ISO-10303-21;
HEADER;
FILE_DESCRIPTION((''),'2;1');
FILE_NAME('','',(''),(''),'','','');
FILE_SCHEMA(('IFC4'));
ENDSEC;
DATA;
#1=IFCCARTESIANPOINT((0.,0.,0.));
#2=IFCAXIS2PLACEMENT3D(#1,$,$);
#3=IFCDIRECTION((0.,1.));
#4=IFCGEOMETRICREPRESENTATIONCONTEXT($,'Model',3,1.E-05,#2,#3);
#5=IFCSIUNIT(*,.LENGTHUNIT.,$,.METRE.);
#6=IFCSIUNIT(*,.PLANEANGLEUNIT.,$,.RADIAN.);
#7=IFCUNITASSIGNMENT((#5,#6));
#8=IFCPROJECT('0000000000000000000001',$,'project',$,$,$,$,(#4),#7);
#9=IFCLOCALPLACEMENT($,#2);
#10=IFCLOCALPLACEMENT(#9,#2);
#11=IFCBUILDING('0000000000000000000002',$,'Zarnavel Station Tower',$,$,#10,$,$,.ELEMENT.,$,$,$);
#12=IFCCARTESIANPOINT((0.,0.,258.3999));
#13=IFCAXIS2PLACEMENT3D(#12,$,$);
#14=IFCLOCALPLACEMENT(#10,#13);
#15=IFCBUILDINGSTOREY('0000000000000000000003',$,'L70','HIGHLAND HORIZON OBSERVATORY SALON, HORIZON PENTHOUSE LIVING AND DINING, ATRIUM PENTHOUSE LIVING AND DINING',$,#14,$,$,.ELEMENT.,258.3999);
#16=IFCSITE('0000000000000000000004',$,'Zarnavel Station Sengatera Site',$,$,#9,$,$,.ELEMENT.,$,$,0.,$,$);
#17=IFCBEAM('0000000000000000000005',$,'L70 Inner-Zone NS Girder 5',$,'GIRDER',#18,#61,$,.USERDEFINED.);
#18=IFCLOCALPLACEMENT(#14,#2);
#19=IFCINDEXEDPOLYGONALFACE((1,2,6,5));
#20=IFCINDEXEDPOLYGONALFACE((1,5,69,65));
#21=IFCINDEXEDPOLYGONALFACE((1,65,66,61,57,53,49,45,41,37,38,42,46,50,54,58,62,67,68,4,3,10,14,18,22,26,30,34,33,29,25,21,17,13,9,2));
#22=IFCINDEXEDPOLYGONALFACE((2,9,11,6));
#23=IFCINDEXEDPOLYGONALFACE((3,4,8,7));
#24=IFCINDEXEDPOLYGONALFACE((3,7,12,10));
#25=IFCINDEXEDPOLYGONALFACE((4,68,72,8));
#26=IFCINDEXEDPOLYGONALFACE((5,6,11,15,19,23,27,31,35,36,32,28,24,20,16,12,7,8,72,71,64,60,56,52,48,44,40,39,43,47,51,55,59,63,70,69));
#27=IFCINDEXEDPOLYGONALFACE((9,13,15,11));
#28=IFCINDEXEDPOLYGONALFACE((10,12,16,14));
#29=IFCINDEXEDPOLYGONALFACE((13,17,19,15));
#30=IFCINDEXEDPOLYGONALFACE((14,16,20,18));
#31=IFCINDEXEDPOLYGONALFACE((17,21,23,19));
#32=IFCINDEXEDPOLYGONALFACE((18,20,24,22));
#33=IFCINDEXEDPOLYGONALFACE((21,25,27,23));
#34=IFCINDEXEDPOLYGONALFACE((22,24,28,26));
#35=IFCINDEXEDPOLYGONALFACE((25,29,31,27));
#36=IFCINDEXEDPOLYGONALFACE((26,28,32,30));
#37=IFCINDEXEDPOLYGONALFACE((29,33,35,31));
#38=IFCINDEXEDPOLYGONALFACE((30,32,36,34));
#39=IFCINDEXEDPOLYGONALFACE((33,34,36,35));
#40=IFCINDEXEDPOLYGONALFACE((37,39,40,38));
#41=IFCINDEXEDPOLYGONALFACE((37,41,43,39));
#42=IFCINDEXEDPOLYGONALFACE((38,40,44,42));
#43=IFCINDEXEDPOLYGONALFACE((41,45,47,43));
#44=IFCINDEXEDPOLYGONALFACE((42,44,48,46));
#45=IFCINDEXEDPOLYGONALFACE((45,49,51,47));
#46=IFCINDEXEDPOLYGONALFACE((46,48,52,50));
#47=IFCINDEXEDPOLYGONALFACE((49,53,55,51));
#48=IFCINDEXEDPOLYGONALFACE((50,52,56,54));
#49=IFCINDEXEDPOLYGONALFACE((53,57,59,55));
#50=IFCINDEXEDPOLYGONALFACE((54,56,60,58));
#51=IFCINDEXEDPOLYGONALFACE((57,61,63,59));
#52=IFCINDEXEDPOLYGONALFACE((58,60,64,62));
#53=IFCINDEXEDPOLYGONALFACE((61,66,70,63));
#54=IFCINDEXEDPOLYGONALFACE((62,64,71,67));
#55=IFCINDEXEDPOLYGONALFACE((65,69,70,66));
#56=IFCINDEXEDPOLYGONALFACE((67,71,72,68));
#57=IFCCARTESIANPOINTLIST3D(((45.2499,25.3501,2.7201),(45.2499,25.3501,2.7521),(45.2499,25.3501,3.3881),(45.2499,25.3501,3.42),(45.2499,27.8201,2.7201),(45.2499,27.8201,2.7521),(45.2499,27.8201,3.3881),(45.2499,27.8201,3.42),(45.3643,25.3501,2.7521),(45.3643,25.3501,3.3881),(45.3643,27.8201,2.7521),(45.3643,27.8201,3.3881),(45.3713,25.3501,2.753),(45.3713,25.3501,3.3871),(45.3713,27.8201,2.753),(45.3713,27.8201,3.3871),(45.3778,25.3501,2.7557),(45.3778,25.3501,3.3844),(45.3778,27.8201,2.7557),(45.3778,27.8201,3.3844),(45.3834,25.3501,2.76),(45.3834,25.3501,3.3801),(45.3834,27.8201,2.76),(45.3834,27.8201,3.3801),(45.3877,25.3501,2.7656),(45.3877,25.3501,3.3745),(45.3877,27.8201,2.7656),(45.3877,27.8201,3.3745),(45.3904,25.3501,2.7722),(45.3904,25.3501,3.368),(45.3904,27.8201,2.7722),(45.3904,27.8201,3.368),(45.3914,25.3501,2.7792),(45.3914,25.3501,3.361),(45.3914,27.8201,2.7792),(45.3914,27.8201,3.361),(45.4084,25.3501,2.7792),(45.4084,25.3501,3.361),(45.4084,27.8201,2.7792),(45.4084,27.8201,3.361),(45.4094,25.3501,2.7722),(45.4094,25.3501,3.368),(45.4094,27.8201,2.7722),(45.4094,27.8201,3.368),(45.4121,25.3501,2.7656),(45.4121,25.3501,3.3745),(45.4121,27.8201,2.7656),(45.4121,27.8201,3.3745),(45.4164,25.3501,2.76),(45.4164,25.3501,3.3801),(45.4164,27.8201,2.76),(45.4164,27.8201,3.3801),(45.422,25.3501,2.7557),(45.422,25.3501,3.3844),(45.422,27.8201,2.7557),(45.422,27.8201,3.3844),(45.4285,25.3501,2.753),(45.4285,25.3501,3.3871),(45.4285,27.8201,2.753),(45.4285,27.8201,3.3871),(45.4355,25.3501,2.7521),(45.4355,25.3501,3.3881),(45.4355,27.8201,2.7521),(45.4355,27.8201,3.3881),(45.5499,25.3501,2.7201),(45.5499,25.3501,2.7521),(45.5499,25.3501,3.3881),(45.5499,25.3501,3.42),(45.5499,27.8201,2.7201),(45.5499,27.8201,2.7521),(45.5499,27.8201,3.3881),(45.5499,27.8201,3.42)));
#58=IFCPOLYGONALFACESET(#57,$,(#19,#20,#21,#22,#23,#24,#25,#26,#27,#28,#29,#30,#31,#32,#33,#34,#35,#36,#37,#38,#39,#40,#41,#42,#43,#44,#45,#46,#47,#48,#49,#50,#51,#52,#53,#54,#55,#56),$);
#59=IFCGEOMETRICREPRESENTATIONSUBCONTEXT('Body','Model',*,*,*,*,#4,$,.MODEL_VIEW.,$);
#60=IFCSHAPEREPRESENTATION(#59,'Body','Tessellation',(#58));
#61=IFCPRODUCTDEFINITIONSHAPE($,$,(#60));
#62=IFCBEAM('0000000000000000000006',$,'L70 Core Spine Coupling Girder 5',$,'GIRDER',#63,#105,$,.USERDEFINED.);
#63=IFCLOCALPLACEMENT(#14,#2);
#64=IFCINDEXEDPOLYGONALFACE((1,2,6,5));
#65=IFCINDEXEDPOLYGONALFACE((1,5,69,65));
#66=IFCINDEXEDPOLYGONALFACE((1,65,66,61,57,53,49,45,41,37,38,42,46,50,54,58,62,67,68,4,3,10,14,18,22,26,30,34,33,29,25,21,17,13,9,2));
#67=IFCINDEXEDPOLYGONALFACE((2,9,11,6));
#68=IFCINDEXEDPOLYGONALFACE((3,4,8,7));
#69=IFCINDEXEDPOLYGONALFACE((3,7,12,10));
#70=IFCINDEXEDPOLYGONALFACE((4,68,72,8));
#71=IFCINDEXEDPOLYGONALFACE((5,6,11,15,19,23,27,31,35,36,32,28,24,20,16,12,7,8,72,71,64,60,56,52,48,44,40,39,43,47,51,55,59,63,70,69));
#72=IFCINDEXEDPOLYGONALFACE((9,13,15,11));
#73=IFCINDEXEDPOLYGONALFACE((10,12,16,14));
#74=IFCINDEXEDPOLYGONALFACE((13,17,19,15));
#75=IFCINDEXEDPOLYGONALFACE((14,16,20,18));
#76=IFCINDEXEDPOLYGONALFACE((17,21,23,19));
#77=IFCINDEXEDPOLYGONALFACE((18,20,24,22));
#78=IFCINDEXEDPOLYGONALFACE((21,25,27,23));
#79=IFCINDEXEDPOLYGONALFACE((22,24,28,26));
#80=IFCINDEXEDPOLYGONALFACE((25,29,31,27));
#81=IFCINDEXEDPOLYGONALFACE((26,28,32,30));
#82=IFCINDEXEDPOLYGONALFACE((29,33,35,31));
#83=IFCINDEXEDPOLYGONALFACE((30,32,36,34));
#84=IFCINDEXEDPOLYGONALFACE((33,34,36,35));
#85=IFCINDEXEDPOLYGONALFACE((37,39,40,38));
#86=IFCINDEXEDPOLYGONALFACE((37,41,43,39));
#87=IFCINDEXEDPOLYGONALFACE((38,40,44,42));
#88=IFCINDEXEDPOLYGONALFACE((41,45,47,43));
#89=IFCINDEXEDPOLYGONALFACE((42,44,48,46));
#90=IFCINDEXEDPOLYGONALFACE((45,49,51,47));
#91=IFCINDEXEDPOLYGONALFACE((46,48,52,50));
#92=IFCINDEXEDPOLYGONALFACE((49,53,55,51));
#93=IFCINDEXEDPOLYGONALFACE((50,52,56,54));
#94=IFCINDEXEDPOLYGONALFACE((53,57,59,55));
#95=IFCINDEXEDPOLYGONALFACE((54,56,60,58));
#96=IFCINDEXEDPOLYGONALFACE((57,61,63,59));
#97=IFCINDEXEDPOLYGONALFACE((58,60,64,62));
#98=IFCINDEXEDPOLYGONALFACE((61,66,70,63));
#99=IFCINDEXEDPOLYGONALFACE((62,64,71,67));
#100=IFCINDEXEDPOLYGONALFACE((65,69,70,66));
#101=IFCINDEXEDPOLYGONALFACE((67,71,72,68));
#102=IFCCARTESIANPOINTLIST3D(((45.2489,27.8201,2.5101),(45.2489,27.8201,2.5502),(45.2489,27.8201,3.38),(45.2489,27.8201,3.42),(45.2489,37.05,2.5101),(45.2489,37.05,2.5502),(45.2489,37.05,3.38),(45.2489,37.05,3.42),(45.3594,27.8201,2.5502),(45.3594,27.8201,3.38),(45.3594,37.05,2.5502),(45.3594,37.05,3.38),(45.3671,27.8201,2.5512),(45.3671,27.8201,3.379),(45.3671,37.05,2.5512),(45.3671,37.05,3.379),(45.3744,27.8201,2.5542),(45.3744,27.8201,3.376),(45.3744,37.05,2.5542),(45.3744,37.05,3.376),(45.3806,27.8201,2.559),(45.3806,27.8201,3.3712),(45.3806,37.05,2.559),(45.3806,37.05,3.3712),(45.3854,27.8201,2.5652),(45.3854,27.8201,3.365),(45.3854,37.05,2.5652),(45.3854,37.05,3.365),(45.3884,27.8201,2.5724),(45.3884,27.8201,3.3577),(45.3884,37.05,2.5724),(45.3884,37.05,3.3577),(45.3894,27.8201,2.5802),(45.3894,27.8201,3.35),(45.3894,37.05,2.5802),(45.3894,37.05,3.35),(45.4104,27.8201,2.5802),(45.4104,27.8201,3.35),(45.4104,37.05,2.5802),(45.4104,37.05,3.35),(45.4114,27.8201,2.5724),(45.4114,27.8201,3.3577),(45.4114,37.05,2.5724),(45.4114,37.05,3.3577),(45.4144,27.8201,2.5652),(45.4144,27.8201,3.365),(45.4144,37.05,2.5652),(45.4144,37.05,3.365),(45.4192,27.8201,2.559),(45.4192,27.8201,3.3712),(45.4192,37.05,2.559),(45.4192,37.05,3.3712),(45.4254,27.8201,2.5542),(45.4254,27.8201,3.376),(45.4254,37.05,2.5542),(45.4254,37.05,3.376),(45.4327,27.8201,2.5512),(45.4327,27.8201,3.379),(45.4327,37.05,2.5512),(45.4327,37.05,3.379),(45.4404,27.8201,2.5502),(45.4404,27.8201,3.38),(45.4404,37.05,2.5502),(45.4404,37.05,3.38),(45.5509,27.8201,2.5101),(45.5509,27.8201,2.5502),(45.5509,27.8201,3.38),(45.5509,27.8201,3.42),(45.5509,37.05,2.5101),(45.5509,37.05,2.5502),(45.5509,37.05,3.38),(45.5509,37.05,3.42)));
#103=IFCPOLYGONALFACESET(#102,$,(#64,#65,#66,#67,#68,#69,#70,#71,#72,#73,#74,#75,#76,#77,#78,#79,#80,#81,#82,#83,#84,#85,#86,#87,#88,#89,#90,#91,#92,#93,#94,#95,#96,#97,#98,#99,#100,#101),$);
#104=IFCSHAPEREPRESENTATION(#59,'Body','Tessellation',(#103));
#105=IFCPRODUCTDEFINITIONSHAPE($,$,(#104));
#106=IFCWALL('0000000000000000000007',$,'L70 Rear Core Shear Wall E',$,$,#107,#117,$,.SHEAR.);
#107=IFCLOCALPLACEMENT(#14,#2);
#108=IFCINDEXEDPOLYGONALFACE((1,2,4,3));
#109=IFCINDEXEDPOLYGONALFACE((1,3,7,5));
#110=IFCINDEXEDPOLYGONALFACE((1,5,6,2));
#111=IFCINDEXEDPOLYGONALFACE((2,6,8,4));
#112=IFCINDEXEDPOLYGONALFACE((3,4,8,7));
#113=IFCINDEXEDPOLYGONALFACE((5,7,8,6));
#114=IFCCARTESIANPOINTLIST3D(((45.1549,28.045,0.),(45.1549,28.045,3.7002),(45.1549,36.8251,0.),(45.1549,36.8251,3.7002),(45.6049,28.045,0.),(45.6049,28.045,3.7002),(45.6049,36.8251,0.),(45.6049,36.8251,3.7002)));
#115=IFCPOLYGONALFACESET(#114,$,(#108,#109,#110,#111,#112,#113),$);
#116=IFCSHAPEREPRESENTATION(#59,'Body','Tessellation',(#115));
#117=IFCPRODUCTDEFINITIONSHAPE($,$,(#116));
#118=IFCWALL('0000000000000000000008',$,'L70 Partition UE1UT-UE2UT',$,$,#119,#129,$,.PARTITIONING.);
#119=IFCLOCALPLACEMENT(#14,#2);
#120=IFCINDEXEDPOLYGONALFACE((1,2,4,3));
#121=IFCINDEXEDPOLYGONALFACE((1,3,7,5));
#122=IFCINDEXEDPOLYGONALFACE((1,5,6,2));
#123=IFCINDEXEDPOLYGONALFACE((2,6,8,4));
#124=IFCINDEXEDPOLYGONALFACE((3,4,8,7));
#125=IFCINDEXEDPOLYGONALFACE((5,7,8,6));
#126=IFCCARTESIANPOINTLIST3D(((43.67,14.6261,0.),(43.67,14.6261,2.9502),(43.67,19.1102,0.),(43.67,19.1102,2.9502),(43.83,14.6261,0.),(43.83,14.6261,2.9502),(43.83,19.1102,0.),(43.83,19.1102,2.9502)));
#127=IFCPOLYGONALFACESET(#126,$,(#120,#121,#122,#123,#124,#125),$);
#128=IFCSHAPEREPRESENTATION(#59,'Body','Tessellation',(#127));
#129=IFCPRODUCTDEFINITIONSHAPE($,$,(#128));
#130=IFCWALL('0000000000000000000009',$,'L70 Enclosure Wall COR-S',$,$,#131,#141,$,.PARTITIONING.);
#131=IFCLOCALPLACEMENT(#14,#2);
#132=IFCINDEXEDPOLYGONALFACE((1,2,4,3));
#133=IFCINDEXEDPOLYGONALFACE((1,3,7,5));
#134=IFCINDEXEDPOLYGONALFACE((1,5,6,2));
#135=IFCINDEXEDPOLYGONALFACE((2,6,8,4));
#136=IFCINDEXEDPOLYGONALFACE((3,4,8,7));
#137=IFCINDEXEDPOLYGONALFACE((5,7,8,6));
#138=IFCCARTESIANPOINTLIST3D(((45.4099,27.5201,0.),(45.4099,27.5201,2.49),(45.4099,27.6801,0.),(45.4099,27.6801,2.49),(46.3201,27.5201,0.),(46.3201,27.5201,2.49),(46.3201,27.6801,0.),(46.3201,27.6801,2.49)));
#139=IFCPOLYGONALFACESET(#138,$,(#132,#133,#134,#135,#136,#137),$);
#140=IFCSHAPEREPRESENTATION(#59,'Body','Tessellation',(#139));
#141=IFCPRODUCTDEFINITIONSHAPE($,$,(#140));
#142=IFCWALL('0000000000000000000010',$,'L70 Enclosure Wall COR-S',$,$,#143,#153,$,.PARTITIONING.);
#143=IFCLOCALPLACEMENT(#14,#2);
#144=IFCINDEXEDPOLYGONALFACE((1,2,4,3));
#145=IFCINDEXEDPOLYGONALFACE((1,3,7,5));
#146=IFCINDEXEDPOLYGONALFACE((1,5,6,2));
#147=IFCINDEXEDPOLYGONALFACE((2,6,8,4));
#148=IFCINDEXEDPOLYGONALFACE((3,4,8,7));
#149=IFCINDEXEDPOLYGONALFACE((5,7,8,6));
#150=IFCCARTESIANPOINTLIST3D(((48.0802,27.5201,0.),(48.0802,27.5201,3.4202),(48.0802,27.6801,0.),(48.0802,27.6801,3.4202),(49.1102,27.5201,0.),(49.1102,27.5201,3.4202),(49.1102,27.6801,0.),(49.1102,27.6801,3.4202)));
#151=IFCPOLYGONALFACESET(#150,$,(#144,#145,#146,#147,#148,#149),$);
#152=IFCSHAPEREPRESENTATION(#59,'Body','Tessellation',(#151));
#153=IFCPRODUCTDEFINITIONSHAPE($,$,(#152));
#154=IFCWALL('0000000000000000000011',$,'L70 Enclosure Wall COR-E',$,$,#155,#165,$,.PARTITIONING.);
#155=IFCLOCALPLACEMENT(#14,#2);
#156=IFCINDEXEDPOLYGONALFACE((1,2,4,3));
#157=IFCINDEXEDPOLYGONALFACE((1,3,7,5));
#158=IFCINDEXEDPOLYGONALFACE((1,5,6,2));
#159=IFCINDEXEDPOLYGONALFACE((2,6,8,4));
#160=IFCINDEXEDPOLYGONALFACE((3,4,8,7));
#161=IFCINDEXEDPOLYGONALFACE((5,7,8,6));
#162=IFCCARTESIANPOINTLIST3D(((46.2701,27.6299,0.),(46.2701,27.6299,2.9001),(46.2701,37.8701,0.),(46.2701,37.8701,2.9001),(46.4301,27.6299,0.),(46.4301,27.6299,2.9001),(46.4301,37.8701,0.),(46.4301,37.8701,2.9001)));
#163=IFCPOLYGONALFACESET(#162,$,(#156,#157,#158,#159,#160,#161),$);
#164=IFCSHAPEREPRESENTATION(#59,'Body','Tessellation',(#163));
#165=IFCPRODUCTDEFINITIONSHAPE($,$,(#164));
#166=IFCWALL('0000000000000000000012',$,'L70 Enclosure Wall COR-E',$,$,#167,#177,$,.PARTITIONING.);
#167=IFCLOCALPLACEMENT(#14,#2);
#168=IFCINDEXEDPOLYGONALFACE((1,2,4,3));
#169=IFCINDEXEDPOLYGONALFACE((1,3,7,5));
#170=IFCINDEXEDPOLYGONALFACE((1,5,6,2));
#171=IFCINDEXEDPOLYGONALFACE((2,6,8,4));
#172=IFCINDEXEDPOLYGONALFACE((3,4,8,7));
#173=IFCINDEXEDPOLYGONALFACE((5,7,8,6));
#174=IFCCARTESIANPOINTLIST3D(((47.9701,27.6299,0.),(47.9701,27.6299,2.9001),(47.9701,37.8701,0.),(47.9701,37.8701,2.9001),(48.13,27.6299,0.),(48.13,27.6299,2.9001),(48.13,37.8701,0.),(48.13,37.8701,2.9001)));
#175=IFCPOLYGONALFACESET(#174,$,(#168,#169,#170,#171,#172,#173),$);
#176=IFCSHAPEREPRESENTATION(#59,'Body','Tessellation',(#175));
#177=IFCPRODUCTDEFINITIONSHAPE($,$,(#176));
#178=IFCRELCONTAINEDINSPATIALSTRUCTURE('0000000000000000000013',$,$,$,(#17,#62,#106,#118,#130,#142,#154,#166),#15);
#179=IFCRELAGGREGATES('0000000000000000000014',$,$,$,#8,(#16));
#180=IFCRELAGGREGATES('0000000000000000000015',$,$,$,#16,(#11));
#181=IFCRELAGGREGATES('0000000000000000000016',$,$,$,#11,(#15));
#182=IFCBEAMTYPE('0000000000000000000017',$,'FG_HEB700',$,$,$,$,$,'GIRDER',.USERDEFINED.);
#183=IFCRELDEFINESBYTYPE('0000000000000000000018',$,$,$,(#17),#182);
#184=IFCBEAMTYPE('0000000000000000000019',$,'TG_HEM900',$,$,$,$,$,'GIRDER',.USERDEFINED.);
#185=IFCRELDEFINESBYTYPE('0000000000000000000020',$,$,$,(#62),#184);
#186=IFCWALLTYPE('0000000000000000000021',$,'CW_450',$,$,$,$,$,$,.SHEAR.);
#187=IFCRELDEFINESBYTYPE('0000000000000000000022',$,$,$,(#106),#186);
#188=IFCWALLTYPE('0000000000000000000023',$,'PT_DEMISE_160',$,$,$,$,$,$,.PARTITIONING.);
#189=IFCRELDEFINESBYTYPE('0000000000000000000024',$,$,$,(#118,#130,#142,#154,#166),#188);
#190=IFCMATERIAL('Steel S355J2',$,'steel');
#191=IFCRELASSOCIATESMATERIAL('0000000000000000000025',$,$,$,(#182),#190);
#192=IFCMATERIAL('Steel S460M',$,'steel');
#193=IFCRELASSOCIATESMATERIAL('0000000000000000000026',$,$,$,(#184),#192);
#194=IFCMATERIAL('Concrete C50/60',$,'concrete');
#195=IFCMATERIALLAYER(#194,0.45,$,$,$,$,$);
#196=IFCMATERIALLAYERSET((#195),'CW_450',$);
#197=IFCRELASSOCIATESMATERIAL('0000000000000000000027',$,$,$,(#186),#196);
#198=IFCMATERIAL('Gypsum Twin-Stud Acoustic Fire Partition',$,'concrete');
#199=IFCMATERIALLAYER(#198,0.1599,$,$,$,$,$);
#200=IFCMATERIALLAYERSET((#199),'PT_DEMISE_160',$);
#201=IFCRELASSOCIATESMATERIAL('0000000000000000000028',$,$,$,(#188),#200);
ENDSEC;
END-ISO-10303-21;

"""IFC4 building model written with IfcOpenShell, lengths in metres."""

from ifc_helpers import new_model, si_unit, direction, frame, frame_2d, origin, origin_2d, place, context, subcontext, project, spatial, rectangle, i_section, extrude, material, layer, layer_set, material_profile, profile_set, type_object, element, save


model = new_model("IFC4")

# Units and contexts
model_context = context("Model", 3, precision=1e-05, world=origin(), true_north=direction((0.0, 1.0)))
body_context = subcontext(model_context, "Body", "Model", "MODEL_VIEW")
ifc_project = project(units=[si_unit("LENGTHUNIT", "METRE"), si_unit("PLANEANGLEUNIT", "RADIAN")], contexts=[model_context])

# Site, building, storey
site_placement = place(None, origin())
site = spatial("IfcSite", under=ifc_project, at=site_placement, Name="Zarnavel Station Sengatera Site", CompositionType="ELEMENT", RefElevation=0.0)
building_placement = place(site_placement, origin())
building = spatial("IfcBuilding", under=site, at=building_placement, Name="Zarnavel Station Tower", CompositionType="ELEMENT")
storey_placement = place(building_placement, frame((0.0, 0.0, 258.3999)))
storey = spatial("IfcBuildingStorey", under=building, at=storey_placement, Name="L70", Description="HIGHLAND HORIZON OBSERVATORY SALON, HORIZON PENTHOUSE LIVING AND DINING, ATRIUM PENTHOUSE LIVING AND DINING", CompositionType="ELEMENT", Elevation=258.3999)

# Beams
ifc_material_1 = material(Name="Steel S355J2", Category="steel")
ifc_material_profile_1 = material_profile(ifc_material_1, i_section(OverallWidth=0.3, OverallDepth=0.7, WebThickness=0.0171, FlangeThickness=0.032, FilletRadius=0.0271, at=origin_2d()), Name="HEB700")
ifc_profile_set_1 = profile_set([ifc_material_profile_1], Name="Steel S355J2")
beam_type_1 = type_object("IfcBeamType", Name="FG_HEB700", ElementType="GIRDER", PredefinedType="USERDEFINED", material=ifc_profile_set_1)
beam_1_placement = place(storey_placement, frame((45.3999, 25.3501, 3.0701), z_axis=(0.0, 1.0, 0.0), x_axis=(-1.0, 0.0, 0.0)))
element("IfcBeam", 1, at=beam_1_placement, inside=storey, type_object=beam_type_1, Name="L70 Inner-Zone NS Girder 5", ObjectType="GIRDER", PredefinedType="USERDEFINED", context=body_context, shape_type="SweptSolid", body=[
    extrude(i_section(OverallWidth=0.3, OverallDepth=0.7, WebThickness=0.0171, FlangeThickness=0.032, FilletRadius=0.0271, at=origin_2d()), origin(), (0.0, 0.0, 1.0), 2.47),
])
ifc_material_2 = material(Name="Steel S460M", Category="steel")
ifc_material_profile_2 = material_profile(ifc_material_2, i_section(OverallWidth=0.302, OverallDepth=0.9099, WebThickness=0.021, FlangeThickness=0.04, FilletRadius=0.03, at=origin_2d()), Name="HEM900")
ifc_profile_set_2 = profile_set([ifc_material_profile_2], Name="Steel S460M")
beam_type_2 = type_object("IfcBeamType", Name="TG_HEM900", ElementType="GIRDER", PredefinedType="USERDEFINED", material=ifc_profile_set_2)
beam_2_placement = place(storey_placement, frame((45.3999, 27.8201, 2.9651), z_axis=(0.0, 1.0, 0.0), x_axis=(-1.0, 0.0, 0.0)))
element("IfcBeam", 2, at=beam_2_placement, inside=storey, type_object=beam_type_2, Name="L70 Core Spine Coupling Girder 5", ObjectType="GIRDER", PredefinedType="USERDEFINED", context=body_context, shape_type="SweptSolid", body=[
    extrude(i_section(OverallWidth=0.302, OverallDepth=0.9099, WebThickness=0.021, FlangeThickness=0.04, FilletRadius=0.03, at=origin_2d()), origin(), (0.0, 0.0, 1.0), 9.23),
])

# Shared definitions
ifc_material_3 = material(Name="Concrete C50/60", Category="concrete")
ifc_layer_1 = layer(ifc_material_3, 0.45)
ifc_layer_set_1 = layer_set([ifc_layer_1], Name="CW_450")
wall_type_1 = type_object("IfcWallType", Name="CW_450", PredefinedType="SHEAR", material=ifc_layer_set_1)

# Wall
wall_1_placement = place(storey_placement, frame((45.3799, 28.0449, 0.0), z_axis=(0.0, 0.0, 1.0), x_axis=(0.0, 1.0, 0.0)))
element("IfcWall", 3, at=wall_1_placement, inside=storey, type_object=wall_type_1, Name="L70 Rear Core Shear Wall E", PredefinedType="SHEAR", context=body_context, shape_type="SweptSolid", body=[
    extrude(rectangle(XDim=8.78, YDim=0.45, at=frame_2d((4.3901, 0.0))), origin(), (0.0, 0.0, 1.0), 3.7002),
])

# Shared definitions
ifc_material_4 = material(Name="Gypsum Twin-Stud Acoustic Fire Partition", Category="concrete")
ifc_layer_2 = layer(ifc_material_4, 0.1599)
ifc_layer_set_2 = layer_set([ifc_layer_2], Name="PT_DEMISE_160")
wall_type_2 = type_object("IfcWallType", Name="PT_DEMISE_160", PredefinedType="PARTITIONING", material=ifc_layer_set_2)

# Walls
wall_2_placement = place(storey_placement, frame((43.75, 14.626, 0.0), z_axis=(0.0, 0.0, 1.0), x_axis=(0.0, 1.0, 0.0)))
element("IfcWall", 4, at=wall_2_placement, inside=storey, type_object=wall_type_2, Name="L70 Partition UE1UT-UE2UT", PredefinedType="PARTITIONING", context=body_context, shape_type="SweptSolid", body=[
    extrude(rectangle(XDim=4.4841, YDim=0.1599, at=frame_2d((2.2422, 0.0))), origin(), (0.0, 0.0, 1.0), 2.9502),
])
wall_3_placement = place(storey_placement, frame((45.4099, 27.6001, 0.0), z_axis=(0.0, 0.0, 1.0), x_axis=(1.0, 0.0, 0.0)))
element("IfcWall", 5, at=wall_3_placement, inside=storey, type_object=wall_type_2, Name="L70 Enclosure Wall COR-S", PredefinedType="PARTITIONING", context=body_context, shape_type="SweptSolid", body=[
    extrude(rectangle(XDim=0.9102, YDim=0.1599, at=frame_2d((0.4551, 0.0))), origin(), (0.0, 0.0, 1.0), 2.49),
])
wall_4_placement = place(storey_placement, frame((48.0801, 27.6001, 0.0), z_axis=(0.0, 0.0, 1.0), x_axis=(1.0, 0.0, 0.0)))
element("IfcWall", 6, at=wall_4_placement, inside=storey, type_object=wall_type_2, Name="L70 Enclosure Wall COR-S", PredefinedType="PARTITIONING", context=body_context, shape_type="SweptSolid", body=[
    extrude(rectangle(XDim=1.03, YDim=0.1599, at=frame_2d((0.5151, 0.0))), origin(), (0.0, 0.0, 1.0), 3.4202),
])
for number, where, z_axis, x_axis, name in (
    (7, (46.3501, 27.6299, 0.0), (0.0, 0.0, 1.0), (0.0, 1.0, 0.0), "L70 Enclosure Wall COR-E"),
    (8, (48.05, 27.6299, 0.0), (0.0, 0.0, 1.0), (0.0, 1.0, 0.0), "L70 Enclosure Wall COR-E"),
):
    element("IfcWall", number, at=place(storey_placement, frame(where, z_axis=z_axis, x_axis=x_axis)), inside=storey, type_object=wall_type_2, Name=name, PredefinedType="PARTITIONING", context=body_context, shape_type="SweptSolid", body=[
        extrude(rectangle(XDim=10.2402, YDim=0.1599, at=frame_2d((5.1201, 0.0))), origin(), (0.0, 0.0, 1.0), 2.9001),
    ])

save(model, "model.ifc")
